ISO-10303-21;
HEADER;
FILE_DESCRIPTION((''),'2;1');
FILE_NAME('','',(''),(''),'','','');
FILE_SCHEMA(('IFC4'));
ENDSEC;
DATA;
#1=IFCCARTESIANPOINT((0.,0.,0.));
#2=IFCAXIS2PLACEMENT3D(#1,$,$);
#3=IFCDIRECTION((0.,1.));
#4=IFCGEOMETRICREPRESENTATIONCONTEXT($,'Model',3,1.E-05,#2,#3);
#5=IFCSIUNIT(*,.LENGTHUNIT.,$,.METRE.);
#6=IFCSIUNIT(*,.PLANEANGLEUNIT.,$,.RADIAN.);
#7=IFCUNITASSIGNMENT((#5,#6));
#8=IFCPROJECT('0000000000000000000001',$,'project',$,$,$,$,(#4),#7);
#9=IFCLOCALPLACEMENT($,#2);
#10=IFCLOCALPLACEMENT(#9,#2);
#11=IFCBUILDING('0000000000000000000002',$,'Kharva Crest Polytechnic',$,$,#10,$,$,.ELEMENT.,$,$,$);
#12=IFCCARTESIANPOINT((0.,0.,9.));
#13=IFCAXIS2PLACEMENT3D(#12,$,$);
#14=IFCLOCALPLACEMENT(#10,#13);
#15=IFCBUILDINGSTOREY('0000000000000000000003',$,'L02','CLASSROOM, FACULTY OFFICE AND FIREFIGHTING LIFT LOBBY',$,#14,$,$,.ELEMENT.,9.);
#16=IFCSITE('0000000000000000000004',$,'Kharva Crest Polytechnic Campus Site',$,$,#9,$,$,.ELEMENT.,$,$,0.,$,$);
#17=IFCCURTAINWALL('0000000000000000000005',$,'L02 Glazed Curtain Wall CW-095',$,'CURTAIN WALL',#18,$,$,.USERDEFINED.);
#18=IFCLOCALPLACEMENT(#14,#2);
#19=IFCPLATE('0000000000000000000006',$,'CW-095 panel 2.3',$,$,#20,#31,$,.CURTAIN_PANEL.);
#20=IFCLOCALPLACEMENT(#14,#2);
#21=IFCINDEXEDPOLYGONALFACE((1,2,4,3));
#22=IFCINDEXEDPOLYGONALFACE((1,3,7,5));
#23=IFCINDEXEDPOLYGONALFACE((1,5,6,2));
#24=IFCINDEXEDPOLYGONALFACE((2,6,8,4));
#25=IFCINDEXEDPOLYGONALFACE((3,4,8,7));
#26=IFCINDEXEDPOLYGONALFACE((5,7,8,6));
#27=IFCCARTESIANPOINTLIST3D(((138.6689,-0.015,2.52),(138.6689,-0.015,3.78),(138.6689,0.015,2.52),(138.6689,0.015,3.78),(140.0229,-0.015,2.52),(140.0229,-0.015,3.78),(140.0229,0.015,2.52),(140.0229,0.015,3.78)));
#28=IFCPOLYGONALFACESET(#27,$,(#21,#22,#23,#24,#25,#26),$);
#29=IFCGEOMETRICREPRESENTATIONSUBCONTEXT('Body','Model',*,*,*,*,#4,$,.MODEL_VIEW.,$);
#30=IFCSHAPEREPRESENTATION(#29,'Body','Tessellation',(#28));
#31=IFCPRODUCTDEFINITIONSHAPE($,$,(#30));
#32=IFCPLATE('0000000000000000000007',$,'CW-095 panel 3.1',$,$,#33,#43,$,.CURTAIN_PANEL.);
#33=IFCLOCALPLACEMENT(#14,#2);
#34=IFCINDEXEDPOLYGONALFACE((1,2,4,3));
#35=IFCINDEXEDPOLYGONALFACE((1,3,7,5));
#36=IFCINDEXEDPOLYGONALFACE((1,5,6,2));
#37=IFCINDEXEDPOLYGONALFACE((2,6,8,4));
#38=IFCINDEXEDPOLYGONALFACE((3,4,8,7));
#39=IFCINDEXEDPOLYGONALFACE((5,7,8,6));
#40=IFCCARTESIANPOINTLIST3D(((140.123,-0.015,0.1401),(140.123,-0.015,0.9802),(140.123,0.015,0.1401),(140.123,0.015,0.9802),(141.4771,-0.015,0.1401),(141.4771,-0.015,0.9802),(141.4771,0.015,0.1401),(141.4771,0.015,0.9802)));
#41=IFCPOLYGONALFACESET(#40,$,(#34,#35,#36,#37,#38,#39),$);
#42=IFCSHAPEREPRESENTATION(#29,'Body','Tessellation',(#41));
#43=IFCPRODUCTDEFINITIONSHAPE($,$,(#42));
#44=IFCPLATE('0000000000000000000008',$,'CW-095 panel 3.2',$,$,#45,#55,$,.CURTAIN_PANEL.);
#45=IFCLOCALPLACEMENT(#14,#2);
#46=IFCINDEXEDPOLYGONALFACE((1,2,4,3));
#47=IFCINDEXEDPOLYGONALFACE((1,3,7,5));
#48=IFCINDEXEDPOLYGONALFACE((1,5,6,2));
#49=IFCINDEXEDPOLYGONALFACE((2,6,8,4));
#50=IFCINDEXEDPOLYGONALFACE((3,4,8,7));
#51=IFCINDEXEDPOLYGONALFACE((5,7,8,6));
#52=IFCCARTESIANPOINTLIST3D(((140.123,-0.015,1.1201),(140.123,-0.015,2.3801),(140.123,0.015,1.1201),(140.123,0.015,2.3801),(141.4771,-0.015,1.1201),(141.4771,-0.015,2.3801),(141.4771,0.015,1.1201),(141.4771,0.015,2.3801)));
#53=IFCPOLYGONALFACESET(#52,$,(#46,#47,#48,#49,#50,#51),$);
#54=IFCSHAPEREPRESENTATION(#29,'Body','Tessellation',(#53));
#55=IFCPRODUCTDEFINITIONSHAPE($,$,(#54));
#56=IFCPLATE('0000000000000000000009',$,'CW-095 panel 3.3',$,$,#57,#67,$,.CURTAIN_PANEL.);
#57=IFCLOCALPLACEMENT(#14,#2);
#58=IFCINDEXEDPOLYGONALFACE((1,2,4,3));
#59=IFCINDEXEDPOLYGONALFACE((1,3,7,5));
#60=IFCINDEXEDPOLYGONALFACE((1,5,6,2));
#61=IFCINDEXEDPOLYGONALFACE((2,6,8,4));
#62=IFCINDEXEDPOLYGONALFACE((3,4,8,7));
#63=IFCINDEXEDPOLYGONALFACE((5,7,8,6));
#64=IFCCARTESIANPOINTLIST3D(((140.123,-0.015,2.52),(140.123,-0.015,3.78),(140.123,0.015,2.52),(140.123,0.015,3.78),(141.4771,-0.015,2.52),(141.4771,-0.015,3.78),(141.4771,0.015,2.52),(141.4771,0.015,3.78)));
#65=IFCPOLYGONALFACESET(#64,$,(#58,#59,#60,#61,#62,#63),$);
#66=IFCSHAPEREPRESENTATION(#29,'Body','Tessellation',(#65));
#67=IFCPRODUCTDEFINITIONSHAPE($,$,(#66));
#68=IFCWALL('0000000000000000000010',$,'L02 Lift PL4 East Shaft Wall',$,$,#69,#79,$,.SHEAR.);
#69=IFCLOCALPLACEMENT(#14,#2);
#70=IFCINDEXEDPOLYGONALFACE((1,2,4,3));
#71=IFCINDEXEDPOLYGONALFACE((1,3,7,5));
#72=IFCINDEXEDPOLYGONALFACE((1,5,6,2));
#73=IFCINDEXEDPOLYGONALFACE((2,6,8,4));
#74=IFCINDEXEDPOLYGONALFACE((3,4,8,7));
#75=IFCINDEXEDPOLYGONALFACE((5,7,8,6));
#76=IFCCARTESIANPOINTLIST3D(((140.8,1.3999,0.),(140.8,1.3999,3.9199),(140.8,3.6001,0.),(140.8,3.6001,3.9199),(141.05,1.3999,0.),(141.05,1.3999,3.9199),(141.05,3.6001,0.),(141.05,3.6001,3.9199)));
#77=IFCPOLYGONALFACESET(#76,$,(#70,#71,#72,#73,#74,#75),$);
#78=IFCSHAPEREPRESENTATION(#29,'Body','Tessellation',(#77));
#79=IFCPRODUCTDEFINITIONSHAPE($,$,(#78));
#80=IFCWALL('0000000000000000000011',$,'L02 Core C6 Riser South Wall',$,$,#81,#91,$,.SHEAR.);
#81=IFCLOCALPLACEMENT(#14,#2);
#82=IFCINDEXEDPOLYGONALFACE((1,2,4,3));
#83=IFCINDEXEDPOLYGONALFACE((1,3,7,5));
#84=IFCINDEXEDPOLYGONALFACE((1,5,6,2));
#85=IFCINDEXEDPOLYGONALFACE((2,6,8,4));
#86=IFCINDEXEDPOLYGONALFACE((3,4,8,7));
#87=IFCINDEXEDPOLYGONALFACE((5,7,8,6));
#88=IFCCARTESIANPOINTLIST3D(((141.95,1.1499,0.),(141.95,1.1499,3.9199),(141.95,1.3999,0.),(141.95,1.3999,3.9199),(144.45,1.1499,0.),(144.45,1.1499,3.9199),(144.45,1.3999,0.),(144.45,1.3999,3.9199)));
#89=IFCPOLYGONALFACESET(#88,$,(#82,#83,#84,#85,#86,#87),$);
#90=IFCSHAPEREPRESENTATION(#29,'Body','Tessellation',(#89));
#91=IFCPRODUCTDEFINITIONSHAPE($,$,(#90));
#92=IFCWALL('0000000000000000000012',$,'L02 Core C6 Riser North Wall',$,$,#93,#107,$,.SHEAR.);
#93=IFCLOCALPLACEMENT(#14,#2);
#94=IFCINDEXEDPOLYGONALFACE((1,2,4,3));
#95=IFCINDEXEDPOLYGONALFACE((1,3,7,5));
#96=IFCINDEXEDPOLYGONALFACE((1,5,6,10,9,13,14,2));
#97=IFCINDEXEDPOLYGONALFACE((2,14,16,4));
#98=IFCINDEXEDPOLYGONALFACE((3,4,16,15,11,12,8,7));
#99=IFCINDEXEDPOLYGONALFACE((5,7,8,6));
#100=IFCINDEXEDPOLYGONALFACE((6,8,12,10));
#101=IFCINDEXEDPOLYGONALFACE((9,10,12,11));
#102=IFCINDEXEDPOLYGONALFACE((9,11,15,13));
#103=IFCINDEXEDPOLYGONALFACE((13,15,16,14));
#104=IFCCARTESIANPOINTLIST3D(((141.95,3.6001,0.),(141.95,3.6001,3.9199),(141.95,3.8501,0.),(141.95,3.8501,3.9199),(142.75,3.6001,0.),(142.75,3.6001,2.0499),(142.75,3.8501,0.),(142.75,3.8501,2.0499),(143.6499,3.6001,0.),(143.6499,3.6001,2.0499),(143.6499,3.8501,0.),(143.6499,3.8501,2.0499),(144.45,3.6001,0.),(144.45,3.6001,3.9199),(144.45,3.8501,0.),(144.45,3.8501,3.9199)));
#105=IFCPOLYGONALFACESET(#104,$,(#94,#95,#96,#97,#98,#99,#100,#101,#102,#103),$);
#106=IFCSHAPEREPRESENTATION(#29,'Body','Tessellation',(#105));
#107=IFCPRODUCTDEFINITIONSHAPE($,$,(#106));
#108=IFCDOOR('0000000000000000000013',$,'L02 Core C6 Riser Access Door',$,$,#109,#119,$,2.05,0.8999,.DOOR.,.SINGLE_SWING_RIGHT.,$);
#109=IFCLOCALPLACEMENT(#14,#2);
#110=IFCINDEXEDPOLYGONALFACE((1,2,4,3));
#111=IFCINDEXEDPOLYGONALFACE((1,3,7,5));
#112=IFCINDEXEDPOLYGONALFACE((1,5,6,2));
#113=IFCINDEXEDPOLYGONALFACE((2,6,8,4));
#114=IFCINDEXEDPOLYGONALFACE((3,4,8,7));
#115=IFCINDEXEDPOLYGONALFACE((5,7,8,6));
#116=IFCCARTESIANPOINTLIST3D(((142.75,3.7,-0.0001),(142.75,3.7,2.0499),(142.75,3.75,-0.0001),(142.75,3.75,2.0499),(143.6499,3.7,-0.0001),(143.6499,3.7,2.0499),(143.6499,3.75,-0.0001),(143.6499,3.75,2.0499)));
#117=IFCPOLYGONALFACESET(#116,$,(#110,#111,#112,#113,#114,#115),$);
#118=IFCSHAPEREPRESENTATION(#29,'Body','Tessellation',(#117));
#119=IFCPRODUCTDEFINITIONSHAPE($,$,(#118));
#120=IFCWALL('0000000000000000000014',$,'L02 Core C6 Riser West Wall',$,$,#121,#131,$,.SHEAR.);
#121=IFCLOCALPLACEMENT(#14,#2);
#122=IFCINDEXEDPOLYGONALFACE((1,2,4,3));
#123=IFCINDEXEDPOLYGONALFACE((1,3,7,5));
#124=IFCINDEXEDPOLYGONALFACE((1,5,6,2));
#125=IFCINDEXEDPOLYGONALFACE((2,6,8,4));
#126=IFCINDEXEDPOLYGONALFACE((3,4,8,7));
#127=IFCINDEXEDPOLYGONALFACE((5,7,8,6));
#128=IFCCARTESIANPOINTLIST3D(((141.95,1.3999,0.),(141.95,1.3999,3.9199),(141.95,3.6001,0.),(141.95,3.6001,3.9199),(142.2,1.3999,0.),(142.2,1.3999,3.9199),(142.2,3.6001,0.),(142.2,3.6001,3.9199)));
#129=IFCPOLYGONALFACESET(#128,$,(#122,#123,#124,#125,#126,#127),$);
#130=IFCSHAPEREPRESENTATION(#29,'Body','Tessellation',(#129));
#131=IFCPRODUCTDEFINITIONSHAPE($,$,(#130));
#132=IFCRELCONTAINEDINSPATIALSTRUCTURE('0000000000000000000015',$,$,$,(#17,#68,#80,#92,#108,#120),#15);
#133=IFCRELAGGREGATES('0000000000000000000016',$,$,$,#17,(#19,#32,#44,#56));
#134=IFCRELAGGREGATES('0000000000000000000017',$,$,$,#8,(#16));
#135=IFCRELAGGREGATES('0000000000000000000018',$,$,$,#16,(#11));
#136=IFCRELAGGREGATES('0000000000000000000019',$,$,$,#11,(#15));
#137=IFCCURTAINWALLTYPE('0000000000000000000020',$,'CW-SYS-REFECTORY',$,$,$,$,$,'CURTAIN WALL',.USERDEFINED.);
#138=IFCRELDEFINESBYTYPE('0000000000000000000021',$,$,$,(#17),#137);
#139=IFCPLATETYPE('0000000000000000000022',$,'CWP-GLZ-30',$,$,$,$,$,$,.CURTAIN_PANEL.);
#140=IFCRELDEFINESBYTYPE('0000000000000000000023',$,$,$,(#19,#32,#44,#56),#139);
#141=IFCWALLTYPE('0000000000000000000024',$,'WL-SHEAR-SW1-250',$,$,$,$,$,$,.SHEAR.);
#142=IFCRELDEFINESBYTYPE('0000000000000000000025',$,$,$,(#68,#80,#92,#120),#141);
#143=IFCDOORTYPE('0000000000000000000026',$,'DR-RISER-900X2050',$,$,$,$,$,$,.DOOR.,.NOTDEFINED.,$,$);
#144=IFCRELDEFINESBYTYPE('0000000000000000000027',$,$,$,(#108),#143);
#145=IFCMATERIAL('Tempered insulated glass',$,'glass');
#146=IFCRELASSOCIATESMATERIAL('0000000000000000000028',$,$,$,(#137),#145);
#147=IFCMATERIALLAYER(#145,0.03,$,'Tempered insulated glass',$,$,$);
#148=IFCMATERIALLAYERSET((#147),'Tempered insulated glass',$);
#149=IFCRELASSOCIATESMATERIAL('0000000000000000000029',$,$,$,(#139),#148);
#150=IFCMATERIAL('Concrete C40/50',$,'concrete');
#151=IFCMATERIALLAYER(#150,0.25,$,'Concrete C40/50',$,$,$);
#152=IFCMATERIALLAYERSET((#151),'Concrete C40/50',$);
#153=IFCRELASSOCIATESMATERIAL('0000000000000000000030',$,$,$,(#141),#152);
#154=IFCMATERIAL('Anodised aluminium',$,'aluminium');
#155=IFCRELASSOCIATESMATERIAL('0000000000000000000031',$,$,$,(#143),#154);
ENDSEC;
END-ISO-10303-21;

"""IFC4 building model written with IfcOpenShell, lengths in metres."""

from ifc_helpers import new_model, si_unit, direction, frame, frame_2d, origin, origin_2d, place, context, subcontext, project, spatial, rectangle, extrude, material, layer, layer_set, type_object, element, fill, aggregate, save


model = new_model("IFC4")

# Units and contexts
model_context = context("Model", 3, precision=1e-05, world=origin(), true_north=direction((0.0, 1.0)))
body_context = subcontext(model_context, "Body", "Model", "MODEL_VIEW")
ifc_project = project(units=[si_unit("LENGTHUNIT", "METRE"), si_unit("PLANEANGLEUNIT", "RADIAN")], contexts=[model_context])

# Site, building, storey
site_placement = place(None, origin())
site = spatial("IfcSite", under=ifc_project, at=site_placement, Name="Kharva Crest Polytechnic Campus Site", CompositionType="ELEMENT", RefElevation=0.0)
building_placement = place(site_placement, origin())
building = spatial("IfcBuilding", under=site, at=building_placement, Name="Kharva Crest Polytechnic", CompositionType="ELEMENT")
storey_placement = place(building_placement, frame((0.0, 0.0, 9.0)))
storey = spatial("IfcBuildingStorey", under=building, at=storey_placement, Name="L02", Description="CLASSROOM, FACULTY OFFICE AND FIREFIGHTING LIFT LOBBY", CompositionType="ELEMENT", Elevation=9.0)

# Curtain wall, plates
ifc_material_1 = material(Name="Tempered insulated glass", Category="glass")
curtain_wall_type = type_object("IfcCurtainWallType", Name="CW-SYS-REFECTORY", ElementType="CURTAIN WALL", PredefinedType="USERDEFINED", material=ifc_material_1)
curtain_wall_placement = place(storey_placement, origin())
curtain_wall = element("IfcCurtainWall", 1, at=curtain_wall_placement, inside=storey, type_object=curtain_wall_type, Name="L02 Glazed Curtain Wall CW-095", ObjectType="CURTAIN WALL", PredefinedType="USERDEFINED")
ifc_layer_1 = layer(ifc_material_1, 0.03, Name="Tempered insulated glass")
ifc_layer_set_1 = layer_set([ifc_layer_1], Name="Tempered insulated glass")
plate_type = type_object("IfcPlateType", Name="CWP-GLZ-30", PredefinedType="CURTAIN_PANEL", material=ifc_layer_set_1)
plate_1_placement = place(storey_placement, frame((139.3459, 0.0, 2.52), z_axis=(0.0, 0.0, 1.0), x_axis=(1.0, 0.0, 0.0)))
plate_1 = element("IfcPlate", 2, at=plate_1_placement, type_object=plate_type, Name="CW-095 panel 2.3", PredefinedType="CURTAIN_PANEL", context=body_context, shape_type="SweptSolid", body=[
    extrude(rectangle(XDim=1.354, YDim=0.03, at=origin_2d()), origin(), (0.0, 0.0, 1.0), 1.26),
])
plate_2_placement = place(storey_placement, frame((140.8, 0.0, 0.1401), z_axis=(0.0, 0.0, 1.0), x_axis=(1.0, 0.0, 0.0)))
plate_2 = element("IfcPlate", 3, at=plate_2_placement, type_object=plate_type, Name="CW-095 panel 3.1", PredefinedType="CURTAIN_PANEL", context=body_context, shape_type="SweptSolid", body=[
    extrude(rectangle(XDim=1.354, YDim=0.03, at=origin_2d()), origin(), (0.0, 0.0, 1.0), 0.8401),
])
plate_3_placement = place(storey_placement, frame((140.8, 0.0, 1.1201), z_axis=(0.0, 0.0, 1.0), x_axis=(1.0, 0.0, 0.0)))
plate_3 = element("IfcPlate", 4, at=plate_3_placement, type_object=plate_type, Name="CW-095 panel 3.2", PredefinedType="CURTAIN_PANEL", context=body_context, shape_type="SweptSolid", body=[
    extrude(rectangle(XDim=1.354, YDim=0.03, at=origin_2d()), origin(), (0.0, 0.0, 1.0), 1.26),
])
plate_4_placement = place(storey_placement, frame((140.8, 0.0, 2.52), z_axis=(0.0, 0.0, 1.0), x_axis=(1.0, 0.0, 0.0)))
plate_4 = element("IfcPlate", 5, at=plate_4_placement, type_object=plate_type, Name="CW-095 panel 3.3", PredefinedType="CURTAIN_PANEL", context=body_context, shape_type="SweptSolid", body=[
    extrude(rectangle(XDim=1.354, YDim=0.03, at=origin_2d()), origin(), (0.0, 0.0, 1.0), 1.26),
])
aggregate(curtain_wall, [plate_1, plate_2, plate_3, plate_4])

# Walls
ifc_material_2 = material(Name="Concrete C40/50", Category="concrete")
ifc_layer_2 = layer(ifc_material_2, 0.25, Name="Concrete C40/50")
ifc_layer_set_2 = layer_set([ifc_layer_2], Name="Concrete C40/50")
wall_type = type_object("IfcWallType", Name="WL-SHEAR-SW1-250", PredefinedType="SHEAR", material=ifc_layer_set_2)
wall_1_placement = place(storey_placement, frame((140.925, 1.3999, 0.0), z_axis=(0.0, 0.0, 1.0), x_axis=(0.0, 1.0, 0.0)))
element("IfcWall", 6, at=wall_1_placement, inside=storey, type_object=wall_type, Name="L02 Lift PL4 East Shaft Wall", PredefinedType="SHEAR", context=body_context, shape_type="SweptSolid", body=[
    extrude(rectangle(XDim=2.2002, YDim=0.25, at=frame_2d((1.1001, 0.0))), origin(), (0.0, 0.0, 1.0), 3.9199),
])
wall_2_placement = place(storey_placement, frame((141.95, 1.2749, 0.0), z_axis=(0.0, 0.0, 1.0), x_axis=(1.0, 0.0, 0.0)))
element("IfcWall", 7, at=wall_2_placement, inside=storey, type_object=wall_type, Name="L02 Core C6 Riser South Wall", PredefinedType="SHEAR", context=body_context, shape_type="SweptSolid", body=[
    extrude(rectangle(XDim=2.5, YDim=0.25, at=frame_2d((1.25, 0.0))), origin(), (0.0, 0.0, 1.0), 3.9199),
])

# Wall, opening, door
wall_3_placement = place(storey_placement, frame((141.95, 3.7251, 0.0), z_axis=(0.0, 0.0, 1.0), x_axis=(1.0, 0.0, 0.0)))
wall_3 = element("IfcWall", 8, at=wall_3_placement, inside=storey, type_object=wall_type, Name="L02 Core C6 Riser North Wall", PredefinedType="SHEAR", context=body_context, shape_type="SweptSolid", body=[
    extrude(rectangle(XDim=2.5, YDim=0.25, at=frame_2d((1.25, 0.0))), origin(), (0.0, 0.0, 1.0), 3.9199),
])
opening_placement = place(wall_3_placement, frame((0.8, 0.0, 0.0)))
opening = element("IfcOpeningElement", 9, at=opening_placement, cuts=wall_3, PredefinedType="OPENING", context=body_context, shape_type="SweptSolid", body=[
    extrude(rectangle(XDim=0.8999, YDim=2.05, at=frame_2d((0.45, 1.0249))), frame((0.0, 0.135, 0.0), z_axis=(0.0, -1.0, 0.0), x_axis=(1.0, 0.0, 0.0)), (0.0, 0.0, 1.0), 0.27),
])
ifc_material_3 = material(Name="Anodised aluminium", Category="aluminium")
door_type = type_object("IfcDoorType", Name="DR-RISER-900X2050", OperationType="NOTDEFINED", PredefinedType="DOOR", material=ifc_material_3)
door_placement = place(opening_placement, origin())
door = element("IfcDoor", 10, at=door_placement, inside=storey, type_object=door_type, Name="L02 Core C6 Riser Access Door", OperationType="SINGLE_SWING_RIGHT", OverallHeight=2.05, OverallWidth=0.8999, PredefinedType="DOOR", context=body_context, shape_type="SweptSolid", body=[
    extrude(rectangle(XDim=0.8999, YDim=2.05, at=frame_2d((0.45, 1.0249))), frame((0.0, 0.0249, 0.0), z_axis=(0.0, -1.0, 0.0), x_axis=(1.0, 0.0, 0.0)), (0.0, 0.0, 1.0), 0.05),
])
fill(opening, door)

# Wall
wall_4_placement = place(storey_placement, frame((142.075, 1.3999, 0.0), z_axis=(0.0, 0.0, 1.0), x_axis=(0.0, 1.0, 0.0)))
element("IfcWall", 11, at=wall_4_placement, inside=storey, type_object=wall_type, Name="L02 Core C6 Riser West Wall", PredefinedType="SHEAR", context=body_context, shape_type="SweptSolid", body=[
    extrude(rectangle(XDim=2.2002, YDim=0.25, at=frame_2d((1.1001, 0.0))), origin(), (0.0, 0.0, 1.0), 3.9199),
])

save(model, "model.ifc")
